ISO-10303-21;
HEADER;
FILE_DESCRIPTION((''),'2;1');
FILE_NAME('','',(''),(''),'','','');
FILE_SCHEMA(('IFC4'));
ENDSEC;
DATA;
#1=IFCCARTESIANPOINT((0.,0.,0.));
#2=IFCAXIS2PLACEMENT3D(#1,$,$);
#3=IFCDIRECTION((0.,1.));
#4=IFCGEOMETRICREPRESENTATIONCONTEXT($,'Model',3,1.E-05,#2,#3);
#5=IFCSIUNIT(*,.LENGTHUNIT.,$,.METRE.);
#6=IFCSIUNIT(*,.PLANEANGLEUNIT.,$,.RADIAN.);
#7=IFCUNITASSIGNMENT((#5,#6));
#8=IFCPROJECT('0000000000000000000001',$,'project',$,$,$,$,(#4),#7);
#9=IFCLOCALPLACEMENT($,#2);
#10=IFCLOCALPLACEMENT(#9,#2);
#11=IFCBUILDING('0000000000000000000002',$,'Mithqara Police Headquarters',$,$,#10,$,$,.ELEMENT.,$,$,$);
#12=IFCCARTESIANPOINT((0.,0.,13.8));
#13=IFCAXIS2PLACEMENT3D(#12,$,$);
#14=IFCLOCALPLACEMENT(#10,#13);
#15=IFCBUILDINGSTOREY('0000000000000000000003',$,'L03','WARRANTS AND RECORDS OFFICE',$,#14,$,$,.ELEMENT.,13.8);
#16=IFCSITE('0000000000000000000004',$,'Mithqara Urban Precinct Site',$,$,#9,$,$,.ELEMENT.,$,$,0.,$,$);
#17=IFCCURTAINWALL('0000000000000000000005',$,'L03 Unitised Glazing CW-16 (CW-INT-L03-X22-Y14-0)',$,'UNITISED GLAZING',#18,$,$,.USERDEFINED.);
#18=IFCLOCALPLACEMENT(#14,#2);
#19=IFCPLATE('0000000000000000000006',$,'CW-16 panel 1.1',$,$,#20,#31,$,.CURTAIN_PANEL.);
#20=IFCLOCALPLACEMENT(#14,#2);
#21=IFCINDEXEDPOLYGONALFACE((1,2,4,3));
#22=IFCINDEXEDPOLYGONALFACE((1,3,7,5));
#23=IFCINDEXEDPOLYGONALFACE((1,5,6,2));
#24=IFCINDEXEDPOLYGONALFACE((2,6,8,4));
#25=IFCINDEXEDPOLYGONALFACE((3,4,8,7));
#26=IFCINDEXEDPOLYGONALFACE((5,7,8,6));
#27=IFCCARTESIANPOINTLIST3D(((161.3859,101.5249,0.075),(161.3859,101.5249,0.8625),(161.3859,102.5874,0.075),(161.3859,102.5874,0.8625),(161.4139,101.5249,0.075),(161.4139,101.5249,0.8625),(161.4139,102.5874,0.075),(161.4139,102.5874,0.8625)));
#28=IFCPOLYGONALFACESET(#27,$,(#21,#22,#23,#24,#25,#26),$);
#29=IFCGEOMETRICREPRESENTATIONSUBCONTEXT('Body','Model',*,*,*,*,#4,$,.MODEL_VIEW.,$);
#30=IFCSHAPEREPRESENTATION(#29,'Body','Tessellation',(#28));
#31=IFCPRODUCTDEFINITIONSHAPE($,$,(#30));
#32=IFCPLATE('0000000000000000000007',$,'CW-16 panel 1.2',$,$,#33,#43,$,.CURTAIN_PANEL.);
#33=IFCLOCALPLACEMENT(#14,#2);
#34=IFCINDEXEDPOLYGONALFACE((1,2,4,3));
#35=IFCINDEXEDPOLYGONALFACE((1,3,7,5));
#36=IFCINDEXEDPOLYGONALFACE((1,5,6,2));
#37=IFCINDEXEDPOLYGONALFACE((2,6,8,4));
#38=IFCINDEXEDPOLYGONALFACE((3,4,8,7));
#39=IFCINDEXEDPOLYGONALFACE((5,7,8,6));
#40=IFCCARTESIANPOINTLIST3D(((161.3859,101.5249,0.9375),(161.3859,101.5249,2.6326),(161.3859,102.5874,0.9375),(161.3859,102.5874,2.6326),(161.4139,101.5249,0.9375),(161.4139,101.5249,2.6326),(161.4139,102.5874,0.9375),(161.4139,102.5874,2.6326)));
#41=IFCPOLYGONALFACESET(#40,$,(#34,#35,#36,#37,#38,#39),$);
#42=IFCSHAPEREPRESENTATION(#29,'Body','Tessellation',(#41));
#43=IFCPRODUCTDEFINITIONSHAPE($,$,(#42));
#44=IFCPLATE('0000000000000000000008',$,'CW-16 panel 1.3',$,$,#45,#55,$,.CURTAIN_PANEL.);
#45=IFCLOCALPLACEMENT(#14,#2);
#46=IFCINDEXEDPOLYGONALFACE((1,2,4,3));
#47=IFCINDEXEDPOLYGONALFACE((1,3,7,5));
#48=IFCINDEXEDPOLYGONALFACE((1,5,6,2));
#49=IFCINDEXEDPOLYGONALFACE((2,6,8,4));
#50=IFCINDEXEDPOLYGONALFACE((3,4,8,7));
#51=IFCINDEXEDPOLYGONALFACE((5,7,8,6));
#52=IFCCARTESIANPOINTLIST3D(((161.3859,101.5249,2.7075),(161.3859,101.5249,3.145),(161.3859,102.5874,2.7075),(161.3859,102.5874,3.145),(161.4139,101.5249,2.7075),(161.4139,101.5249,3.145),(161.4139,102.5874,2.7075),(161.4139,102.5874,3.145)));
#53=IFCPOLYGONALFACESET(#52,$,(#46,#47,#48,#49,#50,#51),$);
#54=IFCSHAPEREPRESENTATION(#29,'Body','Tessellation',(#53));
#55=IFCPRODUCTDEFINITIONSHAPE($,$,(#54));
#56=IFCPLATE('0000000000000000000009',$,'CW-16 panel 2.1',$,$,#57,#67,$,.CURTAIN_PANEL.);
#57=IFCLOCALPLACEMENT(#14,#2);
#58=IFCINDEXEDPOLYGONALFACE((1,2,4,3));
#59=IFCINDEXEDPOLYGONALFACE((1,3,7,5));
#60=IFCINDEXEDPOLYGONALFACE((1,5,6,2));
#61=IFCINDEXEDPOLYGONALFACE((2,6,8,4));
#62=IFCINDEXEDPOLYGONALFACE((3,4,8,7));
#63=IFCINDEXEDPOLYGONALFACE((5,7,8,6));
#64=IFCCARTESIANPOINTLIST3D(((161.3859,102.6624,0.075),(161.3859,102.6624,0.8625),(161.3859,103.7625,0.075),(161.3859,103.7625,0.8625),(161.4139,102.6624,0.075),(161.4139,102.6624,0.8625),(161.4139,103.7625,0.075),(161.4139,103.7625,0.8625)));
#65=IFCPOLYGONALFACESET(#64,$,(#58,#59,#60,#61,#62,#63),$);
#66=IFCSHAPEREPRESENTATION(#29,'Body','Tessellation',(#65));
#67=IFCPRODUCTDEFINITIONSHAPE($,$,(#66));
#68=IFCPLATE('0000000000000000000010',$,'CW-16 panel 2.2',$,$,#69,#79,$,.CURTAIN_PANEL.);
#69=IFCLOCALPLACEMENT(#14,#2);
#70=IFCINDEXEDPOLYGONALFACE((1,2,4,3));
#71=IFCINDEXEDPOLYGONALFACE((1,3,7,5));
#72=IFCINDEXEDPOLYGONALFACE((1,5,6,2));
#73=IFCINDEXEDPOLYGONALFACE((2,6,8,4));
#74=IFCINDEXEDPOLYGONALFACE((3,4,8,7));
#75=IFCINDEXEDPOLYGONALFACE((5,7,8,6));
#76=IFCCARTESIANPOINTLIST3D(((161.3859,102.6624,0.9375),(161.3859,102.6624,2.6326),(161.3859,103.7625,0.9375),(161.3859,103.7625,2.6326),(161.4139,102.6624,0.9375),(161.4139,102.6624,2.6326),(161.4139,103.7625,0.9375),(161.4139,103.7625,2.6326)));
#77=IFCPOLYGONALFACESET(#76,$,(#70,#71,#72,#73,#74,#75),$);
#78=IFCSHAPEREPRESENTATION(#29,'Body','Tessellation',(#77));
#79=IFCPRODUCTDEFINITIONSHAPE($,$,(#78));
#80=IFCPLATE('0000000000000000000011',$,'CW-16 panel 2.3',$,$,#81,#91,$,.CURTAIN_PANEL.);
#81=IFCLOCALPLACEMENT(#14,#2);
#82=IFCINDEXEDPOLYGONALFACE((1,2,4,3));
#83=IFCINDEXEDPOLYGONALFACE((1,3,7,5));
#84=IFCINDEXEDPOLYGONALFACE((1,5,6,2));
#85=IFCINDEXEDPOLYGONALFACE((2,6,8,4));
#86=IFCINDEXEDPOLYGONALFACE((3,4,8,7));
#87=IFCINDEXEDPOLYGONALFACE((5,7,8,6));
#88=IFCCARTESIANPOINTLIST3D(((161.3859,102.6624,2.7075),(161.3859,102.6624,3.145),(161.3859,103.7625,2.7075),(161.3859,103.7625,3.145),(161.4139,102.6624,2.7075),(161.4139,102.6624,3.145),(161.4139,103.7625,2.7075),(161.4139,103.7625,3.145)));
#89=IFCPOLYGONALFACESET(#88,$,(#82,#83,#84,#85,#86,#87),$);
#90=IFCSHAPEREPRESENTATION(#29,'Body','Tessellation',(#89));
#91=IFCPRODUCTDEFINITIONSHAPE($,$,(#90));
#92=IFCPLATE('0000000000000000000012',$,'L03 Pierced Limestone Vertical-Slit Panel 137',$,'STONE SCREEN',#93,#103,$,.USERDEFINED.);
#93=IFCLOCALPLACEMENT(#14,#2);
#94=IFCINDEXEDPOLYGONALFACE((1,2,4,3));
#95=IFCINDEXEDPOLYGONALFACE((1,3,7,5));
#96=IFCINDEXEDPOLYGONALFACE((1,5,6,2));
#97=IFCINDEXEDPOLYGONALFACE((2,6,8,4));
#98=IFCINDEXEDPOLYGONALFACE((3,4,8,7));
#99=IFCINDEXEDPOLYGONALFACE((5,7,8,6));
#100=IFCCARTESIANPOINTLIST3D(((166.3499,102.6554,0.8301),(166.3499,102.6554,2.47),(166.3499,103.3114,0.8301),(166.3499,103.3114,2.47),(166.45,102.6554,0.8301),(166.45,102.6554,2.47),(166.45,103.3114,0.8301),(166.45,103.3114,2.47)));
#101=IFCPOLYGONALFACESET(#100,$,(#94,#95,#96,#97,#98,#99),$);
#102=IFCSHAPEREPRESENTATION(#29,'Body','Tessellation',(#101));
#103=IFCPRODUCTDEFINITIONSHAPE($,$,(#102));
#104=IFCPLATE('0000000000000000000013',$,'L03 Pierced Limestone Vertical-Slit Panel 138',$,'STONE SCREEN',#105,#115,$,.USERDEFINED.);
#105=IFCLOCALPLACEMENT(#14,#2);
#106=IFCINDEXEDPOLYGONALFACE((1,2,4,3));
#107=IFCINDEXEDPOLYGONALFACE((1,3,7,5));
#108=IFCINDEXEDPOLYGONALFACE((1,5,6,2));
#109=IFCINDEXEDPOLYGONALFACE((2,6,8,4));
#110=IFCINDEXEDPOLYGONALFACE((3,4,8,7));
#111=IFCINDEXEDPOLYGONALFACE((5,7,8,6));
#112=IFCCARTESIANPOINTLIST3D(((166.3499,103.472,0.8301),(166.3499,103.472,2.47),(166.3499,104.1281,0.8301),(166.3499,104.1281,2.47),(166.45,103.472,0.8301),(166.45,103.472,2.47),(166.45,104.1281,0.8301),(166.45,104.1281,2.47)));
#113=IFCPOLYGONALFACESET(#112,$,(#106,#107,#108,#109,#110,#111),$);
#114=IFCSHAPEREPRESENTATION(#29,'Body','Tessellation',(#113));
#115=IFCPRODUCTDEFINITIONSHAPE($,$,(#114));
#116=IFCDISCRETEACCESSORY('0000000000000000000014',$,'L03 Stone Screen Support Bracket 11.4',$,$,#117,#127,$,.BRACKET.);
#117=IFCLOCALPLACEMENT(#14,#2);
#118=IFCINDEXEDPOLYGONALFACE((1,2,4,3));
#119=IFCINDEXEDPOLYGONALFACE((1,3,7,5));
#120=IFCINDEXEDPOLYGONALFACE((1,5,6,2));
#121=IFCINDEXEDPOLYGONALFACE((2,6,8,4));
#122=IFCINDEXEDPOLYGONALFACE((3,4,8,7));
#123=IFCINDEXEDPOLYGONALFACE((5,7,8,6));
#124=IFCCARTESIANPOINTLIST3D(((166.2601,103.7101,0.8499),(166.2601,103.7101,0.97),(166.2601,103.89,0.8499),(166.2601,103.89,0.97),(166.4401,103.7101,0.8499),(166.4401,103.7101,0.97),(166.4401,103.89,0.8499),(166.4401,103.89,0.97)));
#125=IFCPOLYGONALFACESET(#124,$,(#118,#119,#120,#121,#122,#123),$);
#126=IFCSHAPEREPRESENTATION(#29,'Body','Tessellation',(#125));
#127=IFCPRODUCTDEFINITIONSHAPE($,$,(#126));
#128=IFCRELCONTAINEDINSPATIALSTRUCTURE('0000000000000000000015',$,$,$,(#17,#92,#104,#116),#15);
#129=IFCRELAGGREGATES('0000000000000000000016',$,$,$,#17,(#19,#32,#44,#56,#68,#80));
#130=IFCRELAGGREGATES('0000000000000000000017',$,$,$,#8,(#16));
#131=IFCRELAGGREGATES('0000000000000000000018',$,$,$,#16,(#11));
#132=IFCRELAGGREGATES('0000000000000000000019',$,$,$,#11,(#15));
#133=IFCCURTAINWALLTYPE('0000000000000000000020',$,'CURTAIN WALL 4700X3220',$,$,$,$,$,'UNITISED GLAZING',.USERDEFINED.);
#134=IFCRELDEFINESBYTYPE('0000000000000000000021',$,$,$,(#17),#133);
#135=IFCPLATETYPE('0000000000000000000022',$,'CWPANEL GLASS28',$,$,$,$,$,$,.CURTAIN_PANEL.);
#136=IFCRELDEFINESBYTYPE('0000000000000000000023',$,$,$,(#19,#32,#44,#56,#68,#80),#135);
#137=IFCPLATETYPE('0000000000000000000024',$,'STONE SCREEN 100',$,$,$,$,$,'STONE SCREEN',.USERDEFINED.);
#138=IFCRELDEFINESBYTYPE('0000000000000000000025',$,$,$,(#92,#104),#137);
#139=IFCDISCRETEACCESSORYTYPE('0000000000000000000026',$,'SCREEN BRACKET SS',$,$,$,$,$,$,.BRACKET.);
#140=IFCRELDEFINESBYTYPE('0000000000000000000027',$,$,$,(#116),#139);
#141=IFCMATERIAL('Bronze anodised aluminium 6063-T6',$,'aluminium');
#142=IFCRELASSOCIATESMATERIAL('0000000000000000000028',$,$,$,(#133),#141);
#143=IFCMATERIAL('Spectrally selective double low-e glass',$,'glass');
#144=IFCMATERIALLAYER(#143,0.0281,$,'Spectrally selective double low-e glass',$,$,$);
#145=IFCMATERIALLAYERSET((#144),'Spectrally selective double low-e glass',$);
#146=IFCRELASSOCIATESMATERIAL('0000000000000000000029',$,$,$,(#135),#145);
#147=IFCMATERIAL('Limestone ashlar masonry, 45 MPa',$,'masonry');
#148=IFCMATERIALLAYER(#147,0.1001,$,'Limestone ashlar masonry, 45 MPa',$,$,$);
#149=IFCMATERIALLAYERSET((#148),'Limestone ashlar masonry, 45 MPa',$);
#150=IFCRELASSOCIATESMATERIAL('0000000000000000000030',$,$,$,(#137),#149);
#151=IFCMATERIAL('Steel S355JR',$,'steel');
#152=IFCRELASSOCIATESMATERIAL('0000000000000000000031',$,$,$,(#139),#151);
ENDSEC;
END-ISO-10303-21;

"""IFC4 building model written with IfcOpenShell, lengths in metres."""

from ifc_helpers import new_model, si_unit, direction, frame, origin, origin_2d, place, context, subcontext, project, spatial, rectangle, extrude, material, layer, layer_set, type_object, element, aggregate, save


model = new_model("IFC4")

# Units and contexts
model_context = context("Model", 3, precision=1e-05, world=origin(), true_north=direction((0.0, 1.0)))
body_context = subcontext(model_context, "Body", "Model", "MODEL_VIEW")
ifc_project = project(units=[si_unit("LENGTHUNIT", "METRE"), si_unit("PLANEANGLEUNIT", "RADIAN")], contexts=[model_context])

# Site, building, storey
site_placement = place(None, origin())
site = spatial("IfcSite", under=ifc_project, at=site_placement, Name="Mithqara Urban Precinct Site", CompositionType="ELEMENT", RefElevation=0.0)
building_placement = place(site_placement, origin())
building = spatial("IfcBuilding", under=site, at=building_placement, Name="Mithqara Police Headquarters", CompositionType="ELEMENT")
storey_placement = place(building_placement, frame((0.0, 0.0, 13.8)))
storey = spatial("IfcBuildingStorey", under=building, at=storey_placement, Name="L03", Description="WARRANTS AND RECORDS OFFICE", CompositionType="ELEMENT", Elevation=13.8)

# Curtain wall, plates
ifc_material_1 = material(Name="Bronze anodised aluminium 6063-T6", Category="aluminium")
curtain_wall_type = type_object("IfcCurtainWallType", Name="CURTAIN WALL 4700X3220", ElementType="UNITISED GLAZING", PredefinedType="USERDEFINED", material=ifc_material_1)
curtain_wall_placement = place(storey_placement, origin())
curtain_wall = element("IfcCurtainWall", 1, at=curtain_wall_placement, inside=storey, type_object=curtain_wall_type, Name="L03 Unitised Glazing CW-16 (CW-INT-L03-X22-Y14-0)", ObjectType="UNITISED GLAZING", PredefinedType="USERDEFINED")
ifc_material_2 = material(Name="Spectrally selective double low-e glass", Category="glass")
ifc_layer_1 = layer(ifc_material_2, 0.0281, Name="Spectrally selective double low-e glass")
ifc_layer_set_1 = layer_set([ifc_layer_1], Name="Spectrally selective double low-e glass")
plate_type_1 = type_object("IfcPlateType", Name="CWPANEL GLASS28", PredefinedType="CURTAIN_PANEL", material=ifc_layer_set_1)
plate_1_placement = place(storey_placement, frame((161.3999, 102.0562, 0.075), z_axis=(0.0, 0.0, 1.0), x_axis=(0.0, 1.0, 0.0)))
plate_1 = element("IfcPlate", 2, at=plate_1_placement, type_object=plate_type_1, Name="CW-16 panel 1.1", PredefinedType="CURTAIN_PANEL", context=body_context, shape_type="SweptSolid", body=[
    extrude(rectangle(XDim=1.0625, YDim=0.0281, at=origin_2d()), origin(), (0.0, 0.0, 1.0), 0.7876),
])
plate_2_placement = place(storey_placement, frame((161.3999, 102.0562, 0.9375), z_axis=(0.0, 0.0, 1.0), x_axis=(0.0, 1.0, 0.0)))
plate_2 = element("IfcPlate", 3, at=plate_2_placement, type_object=plate_type_1, Name="CW-16 panel 1.2", PredefinedType="CURTAIN_PANEL", context=body_context, shape_type="SweptSolid", body=[
    extrude(rectangle(XDim=1.0625, YDim=0.0281, at=origin_2d()), origin(), (0.0, 0.0, 1.0), 1.6951),
])
plate_3_placement = place(storey_placement, frame((161.3999, 102.0562, 2.7075), z_axis=(0.0, 0.0, 1.0), x_axis=(0.0, 1.0, 0.0)))
plate_3 = element("IfcPlate", 4, at=plate_3_placement, type_object=plate_type_1, Name="CW-16 panel 1.3", PredefinedType="CURTAIN_PANEL", context=body_context, shape_type="SweptSolid", body=[
    extrude(rectangle(XDim=1.0625, YDim=0.0281, at=origin_2d()), origin(), (0.0, 0.0, 1.0), 0.4375),
])
plate_4_placement = place(storey_placement, frame((161.3999, 103.2124, 0.075), z_axis=(0.0, 0.0, 1.0), x_axis=(0.0, 1.0, 0.0)))
plate_4 = element("IfcPlate", 5, at=plate_4_placement, type_object=plate_type_1, Name="CW-16 panel 2.1", PredefinedType="CURTAIN_PANEL", context=body_context, shape_type="SweptSolid", body=[
    extrude(rectangle(XDim=1.1001, YDim=0.0281, at=origin_2d()), origin(), (0.0, 0.0, 1.0), 0.7876),
])
plate_5_placement = place(storey_placement, frame((161.3999, 103.2124, 0.9375), z_axis=(0.0, 0.0, 1.0), x_axis=(0.0, 1.0, 0.0)))
plate_5 = element("IfcPlate", 6, at=plate_5_placement, type_object=plate_type_1, Name="CW-16 panel 2.2", PredefinedType="CURTAIN_PANEL", context=body_context, shape_type="SweptSolid", body=[
    extrude(rectangle(XDim=1.1001, YDim=0.0281, at=origin_2d()), origin(), (0.0, 0.0, 1.0), 1.6951),
])
plate_6_placement = place(storey_placement, frame((161.3999, 103.2124, 2.7075), z_axis=(0.0, 0.0, 1.0), x_axis=(0.0, 1.0, 0.0)))
plate_6 = element("IfcPlate", 7, at=plate_6_placement, type_object=plate_type_1, Name="CW-16 panel 2.3", PredefinedType="CURTAIN_PANEL", context=body_context, shape_type="SweptSolid", body=[
    extrude(rectangle(XDim=1.1001, YDim=0.0281, at=origin_2d()), origin(), (0.0, 0.0, 1.0), 0.4375),
])
aggregate(curtain_wall, [plate_1, plate_2, plate_3, plate_4, plate_5, plate_6])

# Plates
ifc_material_3 = material(Name="Limestone ashlar masonry, 45 MPa", Category="masonry")
ifc_layer_2 = layer(ifc_material_3, 0.1001, Name="Limestone ashlar masonry, 45 MPa")
ifc_layer_set_2 = layer_set([ifc_layer_2], Name="Limestone ashlar masonry, 45 MPa")
plate_type_2 = type_object("IfcPlateType", Name="STONE SCREEN 100", ElementType="STONE SCREEN", PredefinedType="USERDEFINED", material=ifc_layer_set_2)
for number, where, z_axis, x_axis, name in (
    (8, (166.3999, 102.9834, 0.8301), (0.0, 0.0, 1.0), (0.0, 1.0, 0.0), "L03 Pierced Limestone Vertical-Slit Panel 137"),
    (9, (166.3999, 103.8, 0.8301), (0.0, 0.0, 1.0), (0.0, 1.0, 0.0), "L03 Pierced Limestone Vertical-Slit Panel 138"),
):
    element("IfcPlate", number, at=place(storey_placement, frame(where, z_axis=z_axis, x_axis=x_axis)), inside=storey, type_object=plate_type_2, Name=name, ObjectType="STONE SCREEN", PredefinedType="USERDEFINED", context=body_context, shape_type="SweptSolid", body=[
        extrude(rectangle(XDim=0.656, YDim=0.1001, at=origin_2d()), origin(), (0.0, 0.0, 1.0), 1.6399),
    ])

# Discrete accessory
ifc_material_4 = material(Name="Steel S355JR", Category="steel")
discrete_accessory_type = type_object("IfcDiscreteAccessoryType", Name="SCREEN BRACKET SS", PredefinedType="BRACKET", material=ifc_material_4)
discrete_accessory_placement = place(storey_placement, frame((166.3501, 103.8, 0.8499), z_axis=(0.0, 0.0, 1.0), x_axis=(0.0, 1.0, 0.0)))
element("IfcDiscreteAccessory", 10, at=discrete_accessory_placement, inside=storey, type_object=discrete_accessory_type, Name="L03 Stone Screen Support Bracket 11.4", PredefinedType="BRACKET", context=body_context, shape_type="SweptSolid", body=[
    extrude(rectangle(XDim=0.1799, YDim=0.1799, at=origin_2d()), origin(), (0.0, 0.0, 1.0), 0.1201),
])

save(model, "model.ifc")
